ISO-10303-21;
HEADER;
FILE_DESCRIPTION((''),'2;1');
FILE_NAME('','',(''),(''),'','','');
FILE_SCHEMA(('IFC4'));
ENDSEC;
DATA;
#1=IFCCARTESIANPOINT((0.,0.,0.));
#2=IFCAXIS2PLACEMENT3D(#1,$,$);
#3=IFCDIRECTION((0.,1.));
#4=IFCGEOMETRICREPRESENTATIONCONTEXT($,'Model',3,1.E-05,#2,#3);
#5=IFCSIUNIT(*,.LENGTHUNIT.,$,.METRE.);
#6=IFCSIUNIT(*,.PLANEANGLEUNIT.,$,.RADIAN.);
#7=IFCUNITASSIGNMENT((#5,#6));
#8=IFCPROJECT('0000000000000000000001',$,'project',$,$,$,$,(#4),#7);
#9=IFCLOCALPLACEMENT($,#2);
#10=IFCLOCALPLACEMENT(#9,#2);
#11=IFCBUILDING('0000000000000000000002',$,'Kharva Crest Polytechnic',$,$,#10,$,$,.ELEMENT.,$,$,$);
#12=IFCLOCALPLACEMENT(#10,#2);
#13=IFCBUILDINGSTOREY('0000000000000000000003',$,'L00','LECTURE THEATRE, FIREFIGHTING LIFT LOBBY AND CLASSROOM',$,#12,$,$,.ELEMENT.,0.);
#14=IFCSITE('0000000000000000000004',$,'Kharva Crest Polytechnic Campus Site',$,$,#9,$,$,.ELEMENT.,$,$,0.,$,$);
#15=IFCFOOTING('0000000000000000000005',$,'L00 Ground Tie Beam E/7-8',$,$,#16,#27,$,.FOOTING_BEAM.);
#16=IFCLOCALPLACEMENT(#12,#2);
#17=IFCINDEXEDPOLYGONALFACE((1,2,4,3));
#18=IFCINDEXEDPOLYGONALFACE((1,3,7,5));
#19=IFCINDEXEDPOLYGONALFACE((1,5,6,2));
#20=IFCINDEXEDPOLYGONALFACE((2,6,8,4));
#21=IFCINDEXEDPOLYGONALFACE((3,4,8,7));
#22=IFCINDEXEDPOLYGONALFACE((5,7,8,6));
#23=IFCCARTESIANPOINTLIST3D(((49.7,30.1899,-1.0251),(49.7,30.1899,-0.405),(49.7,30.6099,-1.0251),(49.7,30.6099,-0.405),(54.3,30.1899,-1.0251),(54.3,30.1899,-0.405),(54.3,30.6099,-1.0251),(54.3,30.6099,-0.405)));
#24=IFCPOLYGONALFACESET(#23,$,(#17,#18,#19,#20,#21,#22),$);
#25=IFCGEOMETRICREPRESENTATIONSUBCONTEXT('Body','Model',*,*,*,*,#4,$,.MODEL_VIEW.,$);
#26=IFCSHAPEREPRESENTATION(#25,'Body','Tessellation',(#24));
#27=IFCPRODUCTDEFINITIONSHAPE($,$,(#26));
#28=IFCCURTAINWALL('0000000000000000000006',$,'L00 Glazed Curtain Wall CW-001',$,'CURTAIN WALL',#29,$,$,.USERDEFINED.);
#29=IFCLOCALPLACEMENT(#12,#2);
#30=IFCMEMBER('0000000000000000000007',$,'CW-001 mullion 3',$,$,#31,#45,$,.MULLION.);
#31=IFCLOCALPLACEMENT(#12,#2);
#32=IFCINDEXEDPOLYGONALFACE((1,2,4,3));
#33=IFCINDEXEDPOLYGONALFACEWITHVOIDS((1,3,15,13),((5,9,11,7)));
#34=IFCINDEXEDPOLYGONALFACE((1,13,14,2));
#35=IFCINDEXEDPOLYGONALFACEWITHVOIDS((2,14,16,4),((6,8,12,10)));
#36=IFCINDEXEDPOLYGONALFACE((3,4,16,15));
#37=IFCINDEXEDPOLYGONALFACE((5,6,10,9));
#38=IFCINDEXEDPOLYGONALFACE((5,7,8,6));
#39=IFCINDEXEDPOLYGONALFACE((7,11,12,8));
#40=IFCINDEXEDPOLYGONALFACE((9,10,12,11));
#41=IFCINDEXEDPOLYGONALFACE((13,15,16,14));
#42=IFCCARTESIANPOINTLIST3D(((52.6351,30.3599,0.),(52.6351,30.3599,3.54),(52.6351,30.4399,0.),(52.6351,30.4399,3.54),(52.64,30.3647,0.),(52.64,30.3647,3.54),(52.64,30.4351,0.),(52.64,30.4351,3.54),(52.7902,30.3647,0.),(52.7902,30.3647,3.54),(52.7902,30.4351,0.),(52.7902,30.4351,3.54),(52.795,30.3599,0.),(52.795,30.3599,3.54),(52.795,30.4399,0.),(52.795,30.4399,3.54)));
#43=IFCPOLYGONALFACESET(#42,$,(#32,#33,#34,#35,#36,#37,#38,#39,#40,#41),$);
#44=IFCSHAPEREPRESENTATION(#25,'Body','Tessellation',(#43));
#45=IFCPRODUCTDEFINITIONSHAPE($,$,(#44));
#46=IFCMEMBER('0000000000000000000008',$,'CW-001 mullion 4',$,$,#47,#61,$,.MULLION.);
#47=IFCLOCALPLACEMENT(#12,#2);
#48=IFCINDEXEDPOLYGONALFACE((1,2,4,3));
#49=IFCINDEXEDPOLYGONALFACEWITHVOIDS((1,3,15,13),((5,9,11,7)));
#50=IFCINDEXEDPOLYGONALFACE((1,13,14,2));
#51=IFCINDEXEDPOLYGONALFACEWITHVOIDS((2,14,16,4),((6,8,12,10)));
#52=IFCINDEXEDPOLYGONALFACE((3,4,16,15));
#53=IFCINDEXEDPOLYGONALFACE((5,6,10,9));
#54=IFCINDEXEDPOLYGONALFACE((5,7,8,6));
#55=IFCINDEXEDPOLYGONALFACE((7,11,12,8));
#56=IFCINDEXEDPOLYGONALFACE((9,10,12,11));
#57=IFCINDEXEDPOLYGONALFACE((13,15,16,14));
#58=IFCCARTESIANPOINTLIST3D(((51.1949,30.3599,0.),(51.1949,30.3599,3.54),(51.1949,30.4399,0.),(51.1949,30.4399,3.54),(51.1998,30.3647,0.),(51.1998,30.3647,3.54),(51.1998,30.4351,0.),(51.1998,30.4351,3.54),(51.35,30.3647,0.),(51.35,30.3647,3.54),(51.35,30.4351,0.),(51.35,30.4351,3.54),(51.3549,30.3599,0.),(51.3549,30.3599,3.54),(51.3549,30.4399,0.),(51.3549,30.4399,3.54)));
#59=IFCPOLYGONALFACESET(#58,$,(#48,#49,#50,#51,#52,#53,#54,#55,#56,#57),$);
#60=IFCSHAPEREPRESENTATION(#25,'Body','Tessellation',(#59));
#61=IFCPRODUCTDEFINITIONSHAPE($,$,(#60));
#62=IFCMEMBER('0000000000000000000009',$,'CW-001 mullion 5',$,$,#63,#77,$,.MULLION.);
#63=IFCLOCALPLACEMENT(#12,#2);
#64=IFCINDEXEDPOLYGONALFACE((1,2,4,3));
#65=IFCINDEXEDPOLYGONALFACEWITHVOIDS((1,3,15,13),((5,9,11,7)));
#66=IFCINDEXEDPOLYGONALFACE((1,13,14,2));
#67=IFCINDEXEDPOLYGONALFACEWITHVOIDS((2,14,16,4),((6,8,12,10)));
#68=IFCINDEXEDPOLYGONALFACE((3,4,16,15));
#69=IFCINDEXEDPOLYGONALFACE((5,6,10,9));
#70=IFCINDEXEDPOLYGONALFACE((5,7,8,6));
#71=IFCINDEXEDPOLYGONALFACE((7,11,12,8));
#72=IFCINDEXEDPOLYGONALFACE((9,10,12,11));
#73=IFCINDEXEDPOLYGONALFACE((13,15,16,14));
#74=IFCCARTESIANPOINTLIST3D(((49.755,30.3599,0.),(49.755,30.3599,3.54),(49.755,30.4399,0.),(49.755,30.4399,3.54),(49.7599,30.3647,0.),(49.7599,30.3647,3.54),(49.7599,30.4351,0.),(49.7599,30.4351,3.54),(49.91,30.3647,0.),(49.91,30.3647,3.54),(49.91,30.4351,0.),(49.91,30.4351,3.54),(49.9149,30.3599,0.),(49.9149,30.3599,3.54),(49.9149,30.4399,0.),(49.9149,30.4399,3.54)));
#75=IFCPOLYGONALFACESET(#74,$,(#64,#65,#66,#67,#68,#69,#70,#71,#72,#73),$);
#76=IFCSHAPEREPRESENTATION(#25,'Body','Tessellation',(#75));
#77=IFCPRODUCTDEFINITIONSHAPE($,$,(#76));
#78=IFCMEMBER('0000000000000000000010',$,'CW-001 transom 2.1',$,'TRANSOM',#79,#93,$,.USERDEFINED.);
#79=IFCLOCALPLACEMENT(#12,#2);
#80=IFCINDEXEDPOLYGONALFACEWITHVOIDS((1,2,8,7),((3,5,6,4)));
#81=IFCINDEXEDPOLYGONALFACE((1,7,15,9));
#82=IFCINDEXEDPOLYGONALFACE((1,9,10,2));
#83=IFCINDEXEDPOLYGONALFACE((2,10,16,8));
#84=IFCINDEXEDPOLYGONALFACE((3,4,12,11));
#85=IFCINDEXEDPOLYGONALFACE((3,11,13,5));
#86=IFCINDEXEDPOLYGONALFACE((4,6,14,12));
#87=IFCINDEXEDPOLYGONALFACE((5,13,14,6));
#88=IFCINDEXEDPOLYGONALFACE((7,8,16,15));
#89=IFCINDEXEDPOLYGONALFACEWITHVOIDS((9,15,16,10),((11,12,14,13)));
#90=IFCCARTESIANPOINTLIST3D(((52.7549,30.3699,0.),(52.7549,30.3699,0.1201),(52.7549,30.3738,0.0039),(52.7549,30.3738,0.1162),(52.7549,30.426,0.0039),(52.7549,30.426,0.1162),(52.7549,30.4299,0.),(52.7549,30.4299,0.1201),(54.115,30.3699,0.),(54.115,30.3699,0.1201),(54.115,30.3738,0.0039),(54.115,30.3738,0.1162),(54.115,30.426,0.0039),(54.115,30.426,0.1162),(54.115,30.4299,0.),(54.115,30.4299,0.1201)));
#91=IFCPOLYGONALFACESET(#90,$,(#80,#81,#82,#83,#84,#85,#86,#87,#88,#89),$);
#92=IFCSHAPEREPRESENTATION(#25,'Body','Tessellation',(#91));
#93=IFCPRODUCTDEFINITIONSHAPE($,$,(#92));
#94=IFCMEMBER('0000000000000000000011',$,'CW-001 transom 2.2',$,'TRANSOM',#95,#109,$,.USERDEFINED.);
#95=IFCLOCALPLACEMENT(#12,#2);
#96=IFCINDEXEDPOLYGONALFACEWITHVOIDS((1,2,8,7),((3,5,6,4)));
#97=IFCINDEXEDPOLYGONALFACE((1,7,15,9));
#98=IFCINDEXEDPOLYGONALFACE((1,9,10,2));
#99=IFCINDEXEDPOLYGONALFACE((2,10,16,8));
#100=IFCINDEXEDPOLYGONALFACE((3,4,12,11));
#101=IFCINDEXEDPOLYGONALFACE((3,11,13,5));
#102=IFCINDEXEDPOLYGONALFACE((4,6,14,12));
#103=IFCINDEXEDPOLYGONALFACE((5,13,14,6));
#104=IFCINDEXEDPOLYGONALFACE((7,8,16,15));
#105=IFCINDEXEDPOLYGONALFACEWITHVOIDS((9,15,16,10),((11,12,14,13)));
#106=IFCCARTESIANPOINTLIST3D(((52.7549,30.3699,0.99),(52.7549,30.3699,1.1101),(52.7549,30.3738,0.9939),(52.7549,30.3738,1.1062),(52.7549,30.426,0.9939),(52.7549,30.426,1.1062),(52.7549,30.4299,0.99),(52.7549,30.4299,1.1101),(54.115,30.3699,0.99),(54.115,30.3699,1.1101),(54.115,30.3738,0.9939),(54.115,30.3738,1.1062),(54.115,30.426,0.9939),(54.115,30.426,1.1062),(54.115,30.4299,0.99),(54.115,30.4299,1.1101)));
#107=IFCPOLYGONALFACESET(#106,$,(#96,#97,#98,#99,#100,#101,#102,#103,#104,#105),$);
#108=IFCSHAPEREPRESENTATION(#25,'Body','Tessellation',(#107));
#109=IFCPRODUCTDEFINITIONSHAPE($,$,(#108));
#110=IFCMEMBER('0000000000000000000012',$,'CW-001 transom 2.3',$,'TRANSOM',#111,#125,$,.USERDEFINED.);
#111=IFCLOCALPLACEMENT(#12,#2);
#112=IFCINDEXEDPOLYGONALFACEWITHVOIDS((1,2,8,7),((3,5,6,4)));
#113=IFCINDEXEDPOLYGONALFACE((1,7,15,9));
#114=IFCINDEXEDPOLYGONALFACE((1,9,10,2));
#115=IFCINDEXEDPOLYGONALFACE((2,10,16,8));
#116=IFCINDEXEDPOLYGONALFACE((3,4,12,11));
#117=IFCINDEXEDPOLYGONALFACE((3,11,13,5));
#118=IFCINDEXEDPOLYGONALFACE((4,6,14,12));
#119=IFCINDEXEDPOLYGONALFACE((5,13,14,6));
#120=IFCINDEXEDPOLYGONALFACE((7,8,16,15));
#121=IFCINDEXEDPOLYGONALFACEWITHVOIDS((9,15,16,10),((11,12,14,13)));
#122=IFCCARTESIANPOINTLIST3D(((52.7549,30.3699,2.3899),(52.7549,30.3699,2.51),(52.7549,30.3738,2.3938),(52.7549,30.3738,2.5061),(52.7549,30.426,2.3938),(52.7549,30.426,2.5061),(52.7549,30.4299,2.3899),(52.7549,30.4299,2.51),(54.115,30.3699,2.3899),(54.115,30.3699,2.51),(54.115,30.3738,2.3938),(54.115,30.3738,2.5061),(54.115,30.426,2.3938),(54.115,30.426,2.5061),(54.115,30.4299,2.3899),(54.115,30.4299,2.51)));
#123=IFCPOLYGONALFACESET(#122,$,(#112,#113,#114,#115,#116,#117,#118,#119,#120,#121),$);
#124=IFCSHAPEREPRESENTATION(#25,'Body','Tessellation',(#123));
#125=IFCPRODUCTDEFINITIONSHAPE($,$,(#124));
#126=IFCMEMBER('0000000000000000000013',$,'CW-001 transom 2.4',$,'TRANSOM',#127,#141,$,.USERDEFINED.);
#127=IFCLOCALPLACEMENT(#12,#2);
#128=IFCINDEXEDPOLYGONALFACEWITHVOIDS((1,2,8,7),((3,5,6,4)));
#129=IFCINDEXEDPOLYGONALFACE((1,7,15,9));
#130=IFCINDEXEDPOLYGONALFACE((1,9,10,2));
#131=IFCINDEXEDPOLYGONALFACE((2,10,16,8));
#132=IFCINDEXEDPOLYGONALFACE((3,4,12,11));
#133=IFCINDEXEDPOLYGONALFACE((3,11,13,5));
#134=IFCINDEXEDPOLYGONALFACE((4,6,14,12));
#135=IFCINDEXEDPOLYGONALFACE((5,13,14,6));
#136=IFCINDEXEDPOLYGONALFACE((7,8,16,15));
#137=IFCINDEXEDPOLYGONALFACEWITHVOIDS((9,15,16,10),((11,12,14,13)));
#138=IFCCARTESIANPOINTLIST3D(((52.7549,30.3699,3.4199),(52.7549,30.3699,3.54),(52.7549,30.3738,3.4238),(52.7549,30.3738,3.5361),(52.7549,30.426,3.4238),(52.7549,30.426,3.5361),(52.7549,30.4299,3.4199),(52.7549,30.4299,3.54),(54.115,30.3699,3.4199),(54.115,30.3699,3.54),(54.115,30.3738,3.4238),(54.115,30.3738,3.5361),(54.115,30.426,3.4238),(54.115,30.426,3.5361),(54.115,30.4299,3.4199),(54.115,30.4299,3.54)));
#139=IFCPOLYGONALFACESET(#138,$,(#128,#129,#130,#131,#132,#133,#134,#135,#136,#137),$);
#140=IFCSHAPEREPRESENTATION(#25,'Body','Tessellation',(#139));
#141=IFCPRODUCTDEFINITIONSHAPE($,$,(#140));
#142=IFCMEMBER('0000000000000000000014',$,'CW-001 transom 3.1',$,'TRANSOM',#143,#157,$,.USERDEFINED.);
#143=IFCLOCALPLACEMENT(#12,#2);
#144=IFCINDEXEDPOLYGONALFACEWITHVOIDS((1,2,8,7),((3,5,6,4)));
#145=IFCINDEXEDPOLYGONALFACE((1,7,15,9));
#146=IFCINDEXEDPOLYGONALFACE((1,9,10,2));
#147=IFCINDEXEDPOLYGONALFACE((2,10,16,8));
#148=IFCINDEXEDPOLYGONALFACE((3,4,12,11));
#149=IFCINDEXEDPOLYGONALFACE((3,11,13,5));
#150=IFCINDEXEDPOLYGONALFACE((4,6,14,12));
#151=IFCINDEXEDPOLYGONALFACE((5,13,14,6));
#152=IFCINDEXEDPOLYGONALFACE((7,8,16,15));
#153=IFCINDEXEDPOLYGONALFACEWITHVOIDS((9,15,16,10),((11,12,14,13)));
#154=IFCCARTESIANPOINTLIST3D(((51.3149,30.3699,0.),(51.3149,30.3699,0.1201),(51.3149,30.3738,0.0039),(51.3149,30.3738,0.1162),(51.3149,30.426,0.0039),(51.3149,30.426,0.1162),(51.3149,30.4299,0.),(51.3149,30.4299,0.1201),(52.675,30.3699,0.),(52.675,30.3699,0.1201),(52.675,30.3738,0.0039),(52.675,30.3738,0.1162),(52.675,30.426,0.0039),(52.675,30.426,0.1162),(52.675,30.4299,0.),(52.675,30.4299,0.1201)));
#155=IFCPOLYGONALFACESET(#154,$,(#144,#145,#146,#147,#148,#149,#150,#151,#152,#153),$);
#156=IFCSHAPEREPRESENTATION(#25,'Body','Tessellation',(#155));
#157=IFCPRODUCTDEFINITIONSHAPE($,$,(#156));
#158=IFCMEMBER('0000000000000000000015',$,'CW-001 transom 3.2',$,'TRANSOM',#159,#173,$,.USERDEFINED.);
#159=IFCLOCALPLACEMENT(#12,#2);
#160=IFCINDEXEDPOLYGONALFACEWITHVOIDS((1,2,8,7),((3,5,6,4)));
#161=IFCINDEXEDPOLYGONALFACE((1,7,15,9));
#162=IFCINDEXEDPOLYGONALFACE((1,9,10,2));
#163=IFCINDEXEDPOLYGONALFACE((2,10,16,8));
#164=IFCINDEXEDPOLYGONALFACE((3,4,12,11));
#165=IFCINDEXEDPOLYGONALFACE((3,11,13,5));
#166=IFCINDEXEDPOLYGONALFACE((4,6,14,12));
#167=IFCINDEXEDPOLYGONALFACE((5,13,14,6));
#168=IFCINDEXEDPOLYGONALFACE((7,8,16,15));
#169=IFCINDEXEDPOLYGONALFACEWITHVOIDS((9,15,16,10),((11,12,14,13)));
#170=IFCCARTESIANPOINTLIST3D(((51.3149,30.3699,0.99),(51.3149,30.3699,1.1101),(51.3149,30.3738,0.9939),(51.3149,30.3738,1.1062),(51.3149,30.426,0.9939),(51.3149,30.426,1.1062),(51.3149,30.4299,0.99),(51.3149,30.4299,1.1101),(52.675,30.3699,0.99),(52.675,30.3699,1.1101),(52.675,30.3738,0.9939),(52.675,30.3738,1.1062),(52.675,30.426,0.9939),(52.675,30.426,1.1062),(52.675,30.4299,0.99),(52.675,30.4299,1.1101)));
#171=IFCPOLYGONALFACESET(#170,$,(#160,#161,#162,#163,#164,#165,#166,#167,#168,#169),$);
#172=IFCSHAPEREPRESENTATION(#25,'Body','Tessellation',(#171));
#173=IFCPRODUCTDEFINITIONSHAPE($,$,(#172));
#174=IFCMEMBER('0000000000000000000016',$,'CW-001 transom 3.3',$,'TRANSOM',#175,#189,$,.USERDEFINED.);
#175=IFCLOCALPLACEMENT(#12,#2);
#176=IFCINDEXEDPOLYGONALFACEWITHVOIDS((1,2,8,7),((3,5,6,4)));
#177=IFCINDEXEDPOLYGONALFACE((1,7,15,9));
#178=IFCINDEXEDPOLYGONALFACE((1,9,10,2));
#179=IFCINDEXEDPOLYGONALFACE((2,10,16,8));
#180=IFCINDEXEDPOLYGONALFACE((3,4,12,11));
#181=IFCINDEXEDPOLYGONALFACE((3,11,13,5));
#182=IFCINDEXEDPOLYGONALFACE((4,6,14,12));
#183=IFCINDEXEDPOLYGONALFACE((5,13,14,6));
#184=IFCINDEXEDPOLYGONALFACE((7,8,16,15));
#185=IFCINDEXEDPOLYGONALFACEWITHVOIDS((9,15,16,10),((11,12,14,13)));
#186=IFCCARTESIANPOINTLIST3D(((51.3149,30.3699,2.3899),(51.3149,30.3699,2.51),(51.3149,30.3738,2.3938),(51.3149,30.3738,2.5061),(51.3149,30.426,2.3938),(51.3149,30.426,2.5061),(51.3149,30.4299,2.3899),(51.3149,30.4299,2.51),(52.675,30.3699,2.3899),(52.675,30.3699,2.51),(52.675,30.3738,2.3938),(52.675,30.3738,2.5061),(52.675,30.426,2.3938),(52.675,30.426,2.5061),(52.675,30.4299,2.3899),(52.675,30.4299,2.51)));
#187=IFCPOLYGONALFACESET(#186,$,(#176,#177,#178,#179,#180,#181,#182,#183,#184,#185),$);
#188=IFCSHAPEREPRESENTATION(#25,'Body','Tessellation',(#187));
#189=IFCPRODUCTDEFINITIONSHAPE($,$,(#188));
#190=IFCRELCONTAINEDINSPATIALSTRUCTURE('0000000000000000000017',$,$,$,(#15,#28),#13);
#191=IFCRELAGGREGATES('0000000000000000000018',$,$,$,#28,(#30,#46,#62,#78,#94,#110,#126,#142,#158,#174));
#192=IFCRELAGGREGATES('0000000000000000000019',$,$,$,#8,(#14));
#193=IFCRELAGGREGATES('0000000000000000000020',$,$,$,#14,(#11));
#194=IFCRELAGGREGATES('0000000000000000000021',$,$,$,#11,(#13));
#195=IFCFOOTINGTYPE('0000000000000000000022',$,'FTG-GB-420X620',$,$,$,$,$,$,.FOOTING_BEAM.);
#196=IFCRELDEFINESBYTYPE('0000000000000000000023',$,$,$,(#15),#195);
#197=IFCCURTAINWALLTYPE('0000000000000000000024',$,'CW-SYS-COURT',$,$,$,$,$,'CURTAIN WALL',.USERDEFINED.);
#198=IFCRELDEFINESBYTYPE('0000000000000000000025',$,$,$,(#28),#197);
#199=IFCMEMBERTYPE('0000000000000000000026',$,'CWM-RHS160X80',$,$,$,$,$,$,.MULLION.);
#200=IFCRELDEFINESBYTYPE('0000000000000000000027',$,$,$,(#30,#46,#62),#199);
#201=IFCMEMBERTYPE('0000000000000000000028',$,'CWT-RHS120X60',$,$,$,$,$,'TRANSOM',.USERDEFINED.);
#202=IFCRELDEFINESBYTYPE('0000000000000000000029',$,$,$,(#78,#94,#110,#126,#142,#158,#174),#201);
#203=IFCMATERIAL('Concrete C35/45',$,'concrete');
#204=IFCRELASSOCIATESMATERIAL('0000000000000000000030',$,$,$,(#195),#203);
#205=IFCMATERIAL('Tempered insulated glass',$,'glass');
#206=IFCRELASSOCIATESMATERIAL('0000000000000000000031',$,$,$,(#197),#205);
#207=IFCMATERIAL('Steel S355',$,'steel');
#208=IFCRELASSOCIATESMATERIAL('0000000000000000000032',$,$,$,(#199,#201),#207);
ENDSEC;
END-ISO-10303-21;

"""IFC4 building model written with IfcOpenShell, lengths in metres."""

from ifc_helpers import new_model, si_unit, direction, frame, origin, origin_2d, place, context, subcontext, project, spatial, rectangle, hollow_rectangle, extrude, material, material_profile, profile_set, type_object, element, aggregate, save


model = new_model("IFC4")

# Units and contexts
model_context = context("Model", 3, precision=1e-05, world=origin(), true_north=direction((0.0, 1.0)))
body_context = subcontext(model_context, "Body", "Model", "MODEL_VIEW")
ifc_project = project(units=[si_unit("LENGTHUNIT", "METRE"), si_unit("PLANEANGLEUNIT", "RADIAN")], contexts=[model_context])

# Site, building, storey
site_placement = place(None, origin())
site = spatial("IfcSite", under=ifc_project, at=site_placement, Name="Kharva Crest Polytechnic Campus Site", CompositionType="ELEMENT", RefElevation=0.0)
building_placement = place(site_placement, origin())
building = spatial("IfcBuilding", under=site, at=building_placement, Name="Kharva Crest Polytechnic", CompositionType="ELEMENT")
storey_placement = place(building_placement, origin())
storey = spatial("IfcBuildingStorey", under=building, at=storey_placement, Name="L00", Description="LECTURE THEATRE, FIREFIGHTING LIFT LOBBY AND CLASSROOM", CompositionType="ELEMENT", Elevation=0.0)

# Footing
ifc_material_1 = material(Name="Concrete C35/45", Category="concrete")
footing_type = type_object("IfcFootingType", Name="FTG-GB-420X620", PredefinedType="FOOTING_BEAM", material=ifc_material_1)
footing_placement = place(storey_placement, frame((52.0, 30.3999, -1.0251), z_axis=(0.0, 0.0, 1.0), x_axis=(1.0, 0.0, 0.0)))
element("IfcFooting", 1, at=footing_placement, inside=storey, type_object=footing_type, Name="L00 Ground Tie Beam E/7-8", PredefinedType="FOOTING_BEAM", context=body_context, shape_type="SweptSolid", body=[
    extrude(rectangle(XDim=4.6001, YDim=0.4199, at=origin_2d()), origin(), (0.0, 0.0, 1.0), 0.6201),
])

# Curtain wall, members
ifc_material_2 = material(Name="Tempered insulated glass", Category="glass")
curtain_wall_type = type_object("IfcCurtainWallType", Name="CW-SYS-COURT", ElementType="CURTAIN WALL", PredefinedType="USERDEFINED", material=ifc_material_2)
curtain_wall_placement = place(storey_placement, origin())
curtain_wall = element("IfcCurtainWall", 2, at=curtain_wall_placement, inside=storey, type_object=curtain_wall_type, Name="L00 Glazed Curtain Wall CW-001", ObjectType="CURTAIN WALL", PredefinedType="USERDEFINED")
ifc_material_3 = material(Name="Steel S355", Category="steel")
ifc_material_profile_1 = material_profile(ifc_material_3, hollow_rectangle(XDim=0.0801, YDim=0.1599, WallThickness=0.0049, at=origin_2d()), Name="RHS 160X80X5.0")
ifc_profile_set_1 = profile_set([ifc_material_profile_1], Name="Steel S355")
member_type_1 = type_object("IfcMemberType", Name="CWM-RHS160X80", PredefinedType="MULLION", material=ifc_profile_set_1)
member_1_placement = place(storey_placement, frame((52.7151, 30.3999, 0.0), z_axis=(0.0, 0.0, 1.0), x_axis=(0.0, -1.0, 0.0)))
member_1 = element("IfcMember", 3, at=member_1_placement, type_object=member_type_1, Name="CW-001 mullion 3", PredefinedType="MULLION", context=body_context, shape_type="SweptSolid", body=[
    extrude(hollow_rectangle(XDim=0.0801, YDim=0.1599, WallThickness=0.0049, at=origin_2d()), origin(), (0.0, 0.0, 1.0), 3.54),
])
member_2_placement = place(storey_placement, frame((51.2749, 30.3999, 0.0), z_axis=(0.0, 0.0, 1.0), x_axis=(0.0, -1.0, 0.0)))
member_2 = element("IfcMember", 4, at=member_2_placement, type_object=member_type_1, Name="CW-001 mullion 4", PredefinedType="MULLION", context=body_context, shape_type="SweptSolid", body=[
    extrude(hollow_rectangle(XDim=0.0801, YDim=0.1599, WallThickness=0.0049, at=origin_2d()), origin(), (0.0, 0.0, 1.0), 3.54),
])
member_3_placement = place(storey_placement, frame((49.835, 30.3999, 0.0), z_axis=(0.0, 0.0, 1.0), x_axis=(0.0, -1.0, 0.0)))
member_3 = element("IfcMember", 5, at=member_3_placement, type_object=member_type_1, Name="CW-001 mullion 5", PredefinedType="MULLION", context=body_context, shape_type="SweptSolid", body=[
    extrude(hollow_rectangle(XDim=0.0801, YDim=0.1599, WallThickness=0.0049, at=origin_2d()), origin(), (0.0, 0.0, 1.0), 3.54),
])
ifc_material_profile_2 = material_profile(ifc_material_3, hollow_rectangle(XDim=0.0601, YDim=0.1201, WallThickness=0.0039, at=origin_2d()), Name="RHS 120X60X4.0")
ifc_profile_set_2 = profile_set([ifc_material_profile_2], Name="Steel S355")
member_type_2 = type_object("IfcMemberType", Name="CWT-RHS120X60", ElementType="TRANSOM", PredefinedType="USERDEFINED", material=ifc_profile_set_2)
member_4_placement = place(storey_placement, frame((54.115, 30.3999, 0.0601), z_axis=(-1.0, 0.0, 0.0), x_axis=(0.0, -1.0, 0.0)))
member_4 = element("IfcMember", 6, at=member_4_placement, type_object=member_type_2, Name="CW-001 transom 2.1", ObjectType="TRANSOM", PredefinedType="USERDEFINED", context=body_context, shape_type="SweptSolid", body=[
    extrude(hollow_rectangle(XDim=0.0601, YDim=0.1201, WallThickness=0.0039, at=origin_2d()), origin(), (0.0, 0.0, 1.0), 1.3601),
])
member_5_placement = place(storey_placement, frame((54.115, 30.3999, 1.05), z_axis=(-1.0, 0.0, 0.0), x_axis=(0.0, -1.0, 0.0)))
member_5 = element("IfcMember", 7, at=member_5_placement, type_object=member_type_2, Name="CW-001 transom 2.2", ObjectType="TRANSOM", PredefinedType="USERDEFINED", context=body_context, shape_type="SweptSolid", body=[
    extrude(hollow_rectangle(XDim=0.0601, YDim=0.1201, WallThickness=0.0039, at=origin_2d()), origin(), (0.0, 0.0, 1.0), 1.3601),
])
member_6_placement = place(storey_placement, frame((54.115, 30.3999, 2.45), z_axis=(-1.0, 0.0, 0.0), x_axis=(0.0, -1.0, 0.0)))
member_6 = element("IfcMember", 8, at=member_6_placement, type_object=member_type_2, Name="CW-001 transom 2.3", ObjectType="TRANSOM", PredefinedType="USERDEFINED", context=body_context, shape_type="SweptSolid", body=[
    extrude(hollow_rectangle(XDim=0.0601, YDim=0.1201, WallThickness=0.0039, at=origin_2d()), origin(), (0.0, 0.0, 1.0), 1.3601),
])
member_7_placement = place(storey_placement, frame((54.115, 30.3999, 3.48), z_axis=(-1.0, 0.0, 0.0), x_axis=(0.0, -1.0, 0.0)))
member_7 = element("IfcMember", 9, at=member_7_placement, type_object=member_type_2, Name="CW-001 transom 2.4", ObjectType="TRANSOM", PredefinedType="USERDEFINED", context=body_context, shape_type="SweptSolid", body=[
    extrude(hollow_rectangle(XDim=0.0601, YDim=0.1201, WallThickness=0.0039, at=origin_2d()), origin(), (0.0, 0.0, 1.0), 1.3601),
])
member_8_placement = place(storey_placement, frame((52.675, 30.3999, 0.0601), z_axis=(-1.0, 0.0, 0.0), x_axis=(0.0, -1.0, 0.0)))
member_8 = element("IfcMember", 10, at=member_8_placement, type_object=member_type_2, Name="CW-001 transom 3.1", ObjectType="TRANSOM", PredefinedType="USERDEFINED", context=body_context, shape_type="SweptSolid", body=[
    extrude(hollow_rectangle(XDim=0.0601, YDim=0.1201, WallThickness=0.0039, at=origin_2d()), origin(), (0.0, 0.0, 1.0), 1.3601),
])
member_9_placement = place(storey_placement, frame((52.675, 30.3999, 1.05), z_axis=(-1.0, 0.0, 0.0), x_axis=(0.0, -1.0, 0.0)))
member_9 = element("IfcMember", 11, at=member_9_placement, type_object=member_type_2, Name="CW-001 transom 3.2", ObjectType="TRANSOM", PredefinedType="USERDEFINED", context=body_context, shape_type="SweptSolid", body=[
    extrude(hollow_rectangle(XDim=0.0601, YDim=0.1201, WallThickness=0.0039, at=origin_2d()), origin(), (0.0, 0.0, 1.0), 1.3601),
])
member_10_placement = place(storey_placement, frame((52.675, 30.3999, 2.45), z_axis=(-1.0, 0.0, 0.0), x_axis=(0.0, -1.0, 0.0)))
member_10 = element("IfcMember", 12, at=member_10_placement, type_object=member_type_2, Name="CW-001 transom 3.3", ObjectType="TRANSOM", PredefinedType="USERDEFINED", context=body_context, shape_type="SweptSolid", body=[
    extrude(hollow_rectangle(XDim=0.0601, YDim=0.1201, WallThickness=0.0039, at=origin_2d()), origin(), (0.0, 0.0, 1.0), 1.3601),
])
aggregate(curtain_wall, [member_1, member_2, member_3, member_4, member_5, member_6, member_7, member_8, member_9, member_10])

save(model, "model.ifc")
